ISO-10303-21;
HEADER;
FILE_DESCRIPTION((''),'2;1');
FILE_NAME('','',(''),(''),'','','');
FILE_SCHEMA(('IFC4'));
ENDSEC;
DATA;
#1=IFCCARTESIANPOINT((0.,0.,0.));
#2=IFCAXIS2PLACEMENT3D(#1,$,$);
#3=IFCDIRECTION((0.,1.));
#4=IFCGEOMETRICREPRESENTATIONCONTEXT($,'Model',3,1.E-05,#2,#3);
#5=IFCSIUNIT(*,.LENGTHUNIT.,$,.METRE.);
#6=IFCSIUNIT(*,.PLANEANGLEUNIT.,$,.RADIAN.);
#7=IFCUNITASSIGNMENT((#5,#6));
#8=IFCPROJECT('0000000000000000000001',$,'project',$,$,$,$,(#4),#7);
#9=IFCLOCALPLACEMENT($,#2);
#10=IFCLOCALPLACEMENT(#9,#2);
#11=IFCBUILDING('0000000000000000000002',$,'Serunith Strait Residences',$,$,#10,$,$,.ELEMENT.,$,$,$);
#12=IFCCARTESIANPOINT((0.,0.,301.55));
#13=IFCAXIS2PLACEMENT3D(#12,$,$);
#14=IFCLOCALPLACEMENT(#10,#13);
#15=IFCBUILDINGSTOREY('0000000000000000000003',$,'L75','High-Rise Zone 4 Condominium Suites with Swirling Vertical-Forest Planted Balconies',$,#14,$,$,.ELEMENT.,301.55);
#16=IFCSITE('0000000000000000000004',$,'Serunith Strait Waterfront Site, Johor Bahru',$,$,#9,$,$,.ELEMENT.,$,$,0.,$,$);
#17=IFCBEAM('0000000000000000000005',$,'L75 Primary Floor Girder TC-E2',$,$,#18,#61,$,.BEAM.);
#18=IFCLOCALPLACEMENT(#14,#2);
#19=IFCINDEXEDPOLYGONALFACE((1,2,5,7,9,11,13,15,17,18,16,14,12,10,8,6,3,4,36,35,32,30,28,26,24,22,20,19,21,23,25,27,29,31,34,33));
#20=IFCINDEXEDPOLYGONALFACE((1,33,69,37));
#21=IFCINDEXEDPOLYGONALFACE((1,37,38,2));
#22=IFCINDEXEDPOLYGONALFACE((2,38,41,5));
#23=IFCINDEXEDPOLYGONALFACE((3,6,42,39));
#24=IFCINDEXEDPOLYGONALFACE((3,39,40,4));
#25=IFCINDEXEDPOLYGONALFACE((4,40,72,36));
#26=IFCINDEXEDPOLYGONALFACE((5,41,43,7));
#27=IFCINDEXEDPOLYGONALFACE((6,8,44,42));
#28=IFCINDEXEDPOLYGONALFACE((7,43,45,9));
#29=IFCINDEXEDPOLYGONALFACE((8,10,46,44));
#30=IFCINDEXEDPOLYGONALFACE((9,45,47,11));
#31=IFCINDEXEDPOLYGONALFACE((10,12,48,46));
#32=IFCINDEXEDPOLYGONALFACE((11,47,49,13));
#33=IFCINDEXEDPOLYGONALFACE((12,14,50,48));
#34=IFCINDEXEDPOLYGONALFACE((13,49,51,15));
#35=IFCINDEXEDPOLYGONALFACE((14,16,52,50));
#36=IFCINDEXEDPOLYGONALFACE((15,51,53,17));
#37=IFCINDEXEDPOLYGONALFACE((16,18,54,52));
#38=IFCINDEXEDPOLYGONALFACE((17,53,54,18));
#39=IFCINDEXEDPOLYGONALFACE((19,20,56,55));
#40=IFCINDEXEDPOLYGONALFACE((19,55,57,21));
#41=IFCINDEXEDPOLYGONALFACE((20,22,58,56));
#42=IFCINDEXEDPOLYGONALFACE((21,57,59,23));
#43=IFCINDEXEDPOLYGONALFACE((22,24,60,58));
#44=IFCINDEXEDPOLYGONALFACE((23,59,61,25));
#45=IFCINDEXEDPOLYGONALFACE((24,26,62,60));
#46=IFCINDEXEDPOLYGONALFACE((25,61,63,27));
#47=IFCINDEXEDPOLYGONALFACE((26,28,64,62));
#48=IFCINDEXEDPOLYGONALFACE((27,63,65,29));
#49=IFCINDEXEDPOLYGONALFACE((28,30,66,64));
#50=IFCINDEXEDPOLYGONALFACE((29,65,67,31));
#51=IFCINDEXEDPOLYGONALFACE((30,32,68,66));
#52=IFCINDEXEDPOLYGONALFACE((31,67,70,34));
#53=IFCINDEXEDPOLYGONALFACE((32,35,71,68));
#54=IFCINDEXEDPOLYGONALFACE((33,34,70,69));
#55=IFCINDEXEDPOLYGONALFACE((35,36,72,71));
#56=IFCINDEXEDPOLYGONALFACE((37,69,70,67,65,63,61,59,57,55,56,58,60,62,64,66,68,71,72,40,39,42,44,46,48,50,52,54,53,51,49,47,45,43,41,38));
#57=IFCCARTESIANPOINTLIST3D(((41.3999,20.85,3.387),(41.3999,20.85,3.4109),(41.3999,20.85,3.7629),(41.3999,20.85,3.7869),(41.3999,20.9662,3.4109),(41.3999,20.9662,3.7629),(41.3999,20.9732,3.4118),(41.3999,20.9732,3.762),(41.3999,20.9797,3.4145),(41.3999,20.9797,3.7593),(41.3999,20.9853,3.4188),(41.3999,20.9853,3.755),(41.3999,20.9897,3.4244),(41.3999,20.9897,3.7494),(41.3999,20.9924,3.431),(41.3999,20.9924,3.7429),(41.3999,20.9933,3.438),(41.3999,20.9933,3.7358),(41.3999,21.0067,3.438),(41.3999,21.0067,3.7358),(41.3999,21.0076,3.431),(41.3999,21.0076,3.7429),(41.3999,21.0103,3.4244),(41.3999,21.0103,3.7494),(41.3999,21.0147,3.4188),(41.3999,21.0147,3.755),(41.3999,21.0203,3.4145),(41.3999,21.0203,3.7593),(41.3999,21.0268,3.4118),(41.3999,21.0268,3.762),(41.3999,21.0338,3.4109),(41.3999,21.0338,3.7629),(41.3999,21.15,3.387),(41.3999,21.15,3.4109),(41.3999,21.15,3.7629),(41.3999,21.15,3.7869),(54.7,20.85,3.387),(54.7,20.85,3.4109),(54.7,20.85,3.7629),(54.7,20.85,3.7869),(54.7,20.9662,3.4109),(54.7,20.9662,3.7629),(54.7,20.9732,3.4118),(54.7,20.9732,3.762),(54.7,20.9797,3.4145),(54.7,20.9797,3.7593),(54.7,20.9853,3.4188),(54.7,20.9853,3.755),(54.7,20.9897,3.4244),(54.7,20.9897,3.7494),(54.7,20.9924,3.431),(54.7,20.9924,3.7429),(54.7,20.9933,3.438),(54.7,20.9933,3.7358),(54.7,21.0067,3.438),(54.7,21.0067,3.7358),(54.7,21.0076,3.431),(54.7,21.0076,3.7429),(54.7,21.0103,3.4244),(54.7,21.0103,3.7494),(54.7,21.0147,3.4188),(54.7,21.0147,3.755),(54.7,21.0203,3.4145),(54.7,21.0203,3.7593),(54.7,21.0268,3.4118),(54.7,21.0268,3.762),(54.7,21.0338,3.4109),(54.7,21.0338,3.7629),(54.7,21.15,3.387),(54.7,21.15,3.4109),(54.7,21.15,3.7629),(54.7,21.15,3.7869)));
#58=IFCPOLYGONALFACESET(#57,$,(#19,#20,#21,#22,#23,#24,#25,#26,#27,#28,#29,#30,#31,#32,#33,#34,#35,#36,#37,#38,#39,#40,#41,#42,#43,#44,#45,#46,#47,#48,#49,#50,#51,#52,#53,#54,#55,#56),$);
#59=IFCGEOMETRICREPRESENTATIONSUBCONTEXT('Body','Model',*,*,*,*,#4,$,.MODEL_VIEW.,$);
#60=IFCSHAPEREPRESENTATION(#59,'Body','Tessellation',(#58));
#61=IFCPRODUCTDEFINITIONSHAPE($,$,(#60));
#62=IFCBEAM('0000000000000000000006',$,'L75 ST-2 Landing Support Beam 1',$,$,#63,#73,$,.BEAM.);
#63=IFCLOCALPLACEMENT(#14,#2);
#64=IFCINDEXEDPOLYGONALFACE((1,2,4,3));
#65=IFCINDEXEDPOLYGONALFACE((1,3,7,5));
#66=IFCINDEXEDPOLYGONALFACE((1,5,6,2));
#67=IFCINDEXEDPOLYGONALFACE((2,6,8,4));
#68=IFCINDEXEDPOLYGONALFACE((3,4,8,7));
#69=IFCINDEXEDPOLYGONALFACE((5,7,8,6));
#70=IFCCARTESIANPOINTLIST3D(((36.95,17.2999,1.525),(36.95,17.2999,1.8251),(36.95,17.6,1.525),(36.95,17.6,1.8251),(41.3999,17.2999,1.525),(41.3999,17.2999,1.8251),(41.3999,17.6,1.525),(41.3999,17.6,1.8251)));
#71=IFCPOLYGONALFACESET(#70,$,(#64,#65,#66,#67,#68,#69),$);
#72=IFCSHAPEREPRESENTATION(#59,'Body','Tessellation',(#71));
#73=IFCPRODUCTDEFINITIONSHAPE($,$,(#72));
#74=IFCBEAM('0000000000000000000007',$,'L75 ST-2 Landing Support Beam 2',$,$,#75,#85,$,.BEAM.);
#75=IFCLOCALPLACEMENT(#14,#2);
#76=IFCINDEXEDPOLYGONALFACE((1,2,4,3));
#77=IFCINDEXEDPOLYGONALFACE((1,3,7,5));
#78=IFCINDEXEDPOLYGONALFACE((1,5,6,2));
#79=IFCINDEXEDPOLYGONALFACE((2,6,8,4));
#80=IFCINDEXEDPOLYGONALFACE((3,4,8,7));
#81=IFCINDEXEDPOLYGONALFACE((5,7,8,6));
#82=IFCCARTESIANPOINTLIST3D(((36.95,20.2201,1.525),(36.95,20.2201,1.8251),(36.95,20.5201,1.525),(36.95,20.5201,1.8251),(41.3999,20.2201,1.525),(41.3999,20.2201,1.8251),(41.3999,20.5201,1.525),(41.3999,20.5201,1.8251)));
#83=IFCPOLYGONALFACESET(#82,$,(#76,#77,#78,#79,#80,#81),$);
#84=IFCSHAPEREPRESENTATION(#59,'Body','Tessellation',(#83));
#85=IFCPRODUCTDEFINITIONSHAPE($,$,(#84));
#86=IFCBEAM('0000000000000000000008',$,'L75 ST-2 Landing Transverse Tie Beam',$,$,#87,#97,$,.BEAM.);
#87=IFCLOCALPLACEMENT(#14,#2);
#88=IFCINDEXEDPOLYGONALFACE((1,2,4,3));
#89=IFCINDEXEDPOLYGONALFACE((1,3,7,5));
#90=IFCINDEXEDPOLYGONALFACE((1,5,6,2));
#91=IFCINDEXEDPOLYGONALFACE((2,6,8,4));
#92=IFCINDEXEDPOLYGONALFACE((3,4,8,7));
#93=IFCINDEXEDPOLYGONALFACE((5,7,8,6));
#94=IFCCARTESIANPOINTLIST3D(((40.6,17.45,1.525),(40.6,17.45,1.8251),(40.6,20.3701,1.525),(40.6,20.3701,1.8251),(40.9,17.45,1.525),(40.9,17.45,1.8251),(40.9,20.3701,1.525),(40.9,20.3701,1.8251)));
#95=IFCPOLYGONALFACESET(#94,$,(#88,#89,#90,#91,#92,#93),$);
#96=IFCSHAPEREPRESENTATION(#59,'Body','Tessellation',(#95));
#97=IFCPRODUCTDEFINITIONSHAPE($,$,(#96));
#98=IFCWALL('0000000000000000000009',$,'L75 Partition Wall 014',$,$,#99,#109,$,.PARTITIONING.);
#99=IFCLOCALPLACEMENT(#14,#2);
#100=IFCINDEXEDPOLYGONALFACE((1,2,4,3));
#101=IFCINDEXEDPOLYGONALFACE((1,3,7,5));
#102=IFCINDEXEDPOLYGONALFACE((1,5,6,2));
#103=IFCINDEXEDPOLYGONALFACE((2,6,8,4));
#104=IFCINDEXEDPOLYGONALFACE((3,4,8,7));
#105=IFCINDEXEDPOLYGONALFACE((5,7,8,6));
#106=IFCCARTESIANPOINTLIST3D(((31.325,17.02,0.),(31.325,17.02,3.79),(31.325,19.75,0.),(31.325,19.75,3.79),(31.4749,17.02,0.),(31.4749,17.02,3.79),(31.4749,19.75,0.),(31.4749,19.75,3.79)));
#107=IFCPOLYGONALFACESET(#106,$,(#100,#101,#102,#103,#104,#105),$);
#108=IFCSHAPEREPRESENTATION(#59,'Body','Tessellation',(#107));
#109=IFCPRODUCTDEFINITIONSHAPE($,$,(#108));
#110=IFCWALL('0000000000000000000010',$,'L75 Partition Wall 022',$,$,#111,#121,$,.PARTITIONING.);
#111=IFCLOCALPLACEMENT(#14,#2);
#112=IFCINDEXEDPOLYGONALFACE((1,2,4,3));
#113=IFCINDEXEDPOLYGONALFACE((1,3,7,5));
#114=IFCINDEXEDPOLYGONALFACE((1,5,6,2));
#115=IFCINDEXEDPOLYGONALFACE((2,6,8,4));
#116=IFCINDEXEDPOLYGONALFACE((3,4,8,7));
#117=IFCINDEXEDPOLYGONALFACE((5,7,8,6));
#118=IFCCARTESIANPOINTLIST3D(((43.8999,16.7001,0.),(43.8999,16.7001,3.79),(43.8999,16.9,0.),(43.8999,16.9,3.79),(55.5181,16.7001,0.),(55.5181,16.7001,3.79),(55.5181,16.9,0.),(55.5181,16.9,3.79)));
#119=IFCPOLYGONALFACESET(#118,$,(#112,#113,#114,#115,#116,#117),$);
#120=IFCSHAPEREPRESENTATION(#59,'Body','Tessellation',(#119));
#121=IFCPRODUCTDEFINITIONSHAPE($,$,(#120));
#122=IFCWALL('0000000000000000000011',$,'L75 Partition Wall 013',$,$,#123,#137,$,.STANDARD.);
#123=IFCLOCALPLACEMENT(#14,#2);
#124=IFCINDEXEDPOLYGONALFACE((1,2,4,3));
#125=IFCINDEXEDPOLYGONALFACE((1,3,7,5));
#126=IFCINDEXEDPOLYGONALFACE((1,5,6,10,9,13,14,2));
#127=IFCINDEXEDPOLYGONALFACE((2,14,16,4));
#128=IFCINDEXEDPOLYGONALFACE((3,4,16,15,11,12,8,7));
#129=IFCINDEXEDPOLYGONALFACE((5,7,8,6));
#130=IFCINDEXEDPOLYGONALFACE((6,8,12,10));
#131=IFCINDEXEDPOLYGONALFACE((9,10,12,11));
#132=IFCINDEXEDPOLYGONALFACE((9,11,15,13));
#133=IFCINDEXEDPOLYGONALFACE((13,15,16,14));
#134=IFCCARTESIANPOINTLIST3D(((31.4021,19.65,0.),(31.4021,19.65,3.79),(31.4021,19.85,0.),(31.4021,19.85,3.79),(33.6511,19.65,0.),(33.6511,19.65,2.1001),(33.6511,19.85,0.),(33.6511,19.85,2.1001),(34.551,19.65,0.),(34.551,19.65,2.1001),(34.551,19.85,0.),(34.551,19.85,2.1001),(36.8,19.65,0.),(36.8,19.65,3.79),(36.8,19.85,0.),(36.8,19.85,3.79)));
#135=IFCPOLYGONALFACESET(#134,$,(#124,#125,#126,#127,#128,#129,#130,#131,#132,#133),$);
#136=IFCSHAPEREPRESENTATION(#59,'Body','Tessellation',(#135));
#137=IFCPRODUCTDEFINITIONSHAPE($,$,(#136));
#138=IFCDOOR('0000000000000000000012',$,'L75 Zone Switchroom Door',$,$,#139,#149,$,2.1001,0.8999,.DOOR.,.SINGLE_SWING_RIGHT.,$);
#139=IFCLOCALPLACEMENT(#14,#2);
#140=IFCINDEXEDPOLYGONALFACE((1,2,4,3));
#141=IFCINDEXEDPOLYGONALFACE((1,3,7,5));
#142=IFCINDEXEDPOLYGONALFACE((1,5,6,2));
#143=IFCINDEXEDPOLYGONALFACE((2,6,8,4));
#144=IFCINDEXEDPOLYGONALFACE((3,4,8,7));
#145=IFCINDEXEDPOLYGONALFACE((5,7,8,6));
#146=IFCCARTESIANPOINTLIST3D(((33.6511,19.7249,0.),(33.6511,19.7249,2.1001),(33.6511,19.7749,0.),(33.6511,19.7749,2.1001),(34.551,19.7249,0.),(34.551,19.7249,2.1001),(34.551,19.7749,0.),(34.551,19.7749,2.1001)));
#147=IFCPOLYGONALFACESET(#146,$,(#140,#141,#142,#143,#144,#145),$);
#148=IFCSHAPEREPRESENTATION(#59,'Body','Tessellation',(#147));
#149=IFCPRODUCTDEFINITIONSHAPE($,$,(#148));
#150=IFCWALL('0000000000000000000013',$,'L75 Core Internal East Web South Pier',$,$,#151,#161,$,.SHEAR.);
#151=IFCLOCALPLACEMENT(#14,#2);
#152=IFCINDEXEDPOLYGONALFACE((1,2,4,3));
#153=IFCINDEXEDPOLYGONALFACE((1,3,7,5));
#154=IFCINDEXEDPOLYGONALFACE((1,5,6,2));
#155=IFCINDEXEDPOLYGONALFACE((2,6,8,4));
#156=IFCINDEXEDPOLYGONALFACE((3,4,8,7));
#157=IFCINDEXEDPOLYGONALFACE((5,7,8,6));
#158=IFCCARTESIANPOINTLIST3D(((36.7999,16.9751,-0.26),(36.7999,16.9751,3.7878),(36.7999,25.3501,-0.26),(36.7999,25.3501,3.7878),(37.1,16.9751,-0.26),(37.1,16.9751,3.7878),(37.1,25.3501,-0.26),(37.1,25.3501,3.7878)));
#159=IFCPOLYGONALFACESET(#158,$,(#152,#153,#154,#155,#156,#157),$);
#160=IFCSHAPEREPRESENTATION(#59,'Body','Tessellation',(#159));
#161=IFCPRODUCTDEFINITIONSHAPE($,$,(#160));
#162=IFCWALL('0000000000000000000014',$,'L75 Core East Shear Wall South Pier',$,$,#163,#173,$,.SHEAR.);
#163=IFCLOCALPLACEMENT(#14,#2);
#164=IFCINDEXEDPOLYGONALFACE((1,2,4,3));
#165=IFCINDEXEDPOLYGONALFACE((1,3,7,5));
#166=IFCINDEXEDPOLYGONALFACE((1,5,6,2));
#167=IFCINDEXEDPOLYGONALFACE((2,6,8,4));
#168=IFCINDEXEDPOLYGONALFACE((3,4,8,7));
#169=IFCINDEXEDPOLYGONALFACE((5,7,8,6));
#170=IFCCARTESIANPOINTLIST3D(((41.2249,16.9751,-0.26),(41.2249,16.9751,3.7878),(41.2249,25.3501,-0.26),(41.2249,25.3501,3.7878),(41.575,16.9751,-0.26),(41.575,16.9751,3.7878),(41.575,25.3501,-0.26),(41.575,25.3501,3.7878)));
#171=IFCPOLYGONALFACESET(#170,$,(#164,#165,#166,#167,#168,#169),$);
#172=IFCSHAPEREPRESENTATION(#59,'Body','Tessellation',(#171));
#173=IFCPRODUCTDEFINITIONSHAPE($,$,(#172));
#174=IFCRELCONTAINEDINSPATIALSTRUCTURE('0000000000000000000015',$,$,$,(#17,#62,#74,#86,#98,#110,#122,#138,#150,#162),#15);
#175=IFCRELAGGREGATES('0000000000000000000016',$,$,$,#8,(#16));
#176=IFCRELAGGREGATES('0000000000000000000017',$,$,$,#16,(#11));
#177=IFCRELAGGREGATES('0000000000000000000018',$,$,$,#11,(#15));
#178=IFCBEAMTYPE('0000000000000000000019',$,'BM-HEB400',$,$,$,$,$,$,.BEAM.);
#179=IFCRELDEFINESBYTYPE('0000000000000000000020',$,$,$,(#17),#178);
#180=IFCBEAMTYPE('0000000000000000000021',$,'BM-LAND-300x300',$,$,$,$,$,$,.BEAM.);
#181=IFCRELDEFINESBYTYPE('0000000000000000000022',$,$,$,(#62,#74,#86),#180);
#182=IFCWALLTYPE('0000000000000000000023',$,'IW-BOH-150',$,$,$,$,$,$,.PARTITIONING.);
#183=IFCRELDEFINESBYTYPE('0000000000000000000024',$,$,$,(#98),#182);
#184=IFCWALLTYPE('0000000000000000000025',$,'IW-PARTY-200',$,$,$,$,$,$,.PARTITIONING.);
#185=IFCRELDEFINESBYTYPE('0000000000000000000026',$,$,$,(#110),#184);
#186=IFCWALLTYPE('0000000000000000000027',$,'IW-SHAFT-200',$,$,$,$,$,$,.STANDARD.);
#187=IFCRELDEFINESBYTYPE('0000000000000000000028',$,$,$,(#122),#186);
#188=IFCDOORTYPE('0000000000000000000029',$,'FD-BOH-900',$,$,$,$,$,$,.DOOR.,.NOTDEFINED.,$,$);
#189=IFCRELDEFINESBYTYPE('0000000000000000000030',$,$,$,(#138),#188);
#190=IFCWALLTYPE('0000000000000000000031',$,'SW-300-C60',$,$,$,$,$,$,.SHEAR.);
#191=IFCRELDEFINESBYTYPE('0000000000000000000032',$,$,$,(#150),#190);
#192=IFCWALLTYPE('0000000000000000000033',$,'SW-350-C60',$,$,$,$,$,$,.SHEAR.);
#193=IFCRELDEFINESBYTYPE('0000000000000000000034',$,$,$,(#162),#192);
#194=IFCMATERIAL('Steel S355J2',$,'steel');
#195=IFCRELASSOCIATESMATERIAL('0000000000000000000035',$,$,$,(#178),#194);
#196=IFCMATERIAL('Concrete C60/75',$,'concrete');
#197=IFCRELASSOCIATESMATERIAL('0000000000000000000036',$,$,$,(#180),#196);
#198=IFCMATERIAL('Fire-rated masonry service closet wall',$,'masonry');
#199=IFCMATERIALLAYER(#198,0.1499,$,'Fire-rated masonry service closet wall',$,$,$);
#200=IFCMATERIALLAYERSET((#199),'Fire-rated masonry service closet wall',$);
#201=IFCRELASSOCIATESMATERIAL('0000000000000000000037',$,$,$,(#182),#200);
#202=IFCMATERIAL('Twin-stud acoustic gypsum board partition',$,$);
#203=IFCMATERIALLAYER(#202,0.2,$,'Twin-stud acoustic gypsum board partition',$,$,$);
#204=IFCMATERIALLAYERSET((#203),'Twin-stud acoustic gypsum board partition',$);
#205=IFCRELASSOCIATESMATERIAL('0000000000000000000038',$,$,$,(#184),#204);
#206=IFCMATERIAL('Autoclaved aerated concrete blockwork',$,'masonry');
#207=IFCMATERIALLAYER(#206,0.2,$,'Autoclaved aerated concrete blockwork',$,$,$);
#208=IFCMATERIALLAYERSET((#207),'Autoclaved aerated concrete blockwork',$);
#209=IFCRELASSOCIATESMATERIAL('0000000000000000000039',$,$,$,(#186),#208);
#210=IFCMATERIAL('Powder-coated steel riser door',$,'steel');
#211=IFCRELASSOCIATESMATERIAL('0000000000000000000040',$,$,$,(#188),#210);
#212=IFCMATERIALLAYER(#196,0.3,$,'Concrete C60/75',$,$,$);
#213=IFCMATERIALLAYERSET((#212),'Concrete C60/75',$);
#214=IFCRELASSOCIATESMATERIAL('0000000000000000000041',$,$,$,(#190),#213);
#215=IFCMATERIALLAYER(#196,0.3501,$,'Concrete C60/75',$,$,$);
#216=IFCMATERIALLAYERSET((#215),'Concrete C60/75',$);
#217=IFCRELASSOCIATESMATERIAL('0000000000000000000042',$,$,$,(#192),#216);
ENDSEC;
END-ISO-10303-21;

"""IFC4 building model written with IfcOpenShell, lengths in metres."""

from ifc_helpers import new_model, si_unit, direction, frame, frame_2d, origin, origin_2d, place, context, subcontext, project, spatial, rectangle, i_section, extrude, source, transform, mapped, material, layer, layer_set, material_profile, profile_set, type_object, element, fill, save


model = new_model("IFC4")

# Units and contexts
model_context = context("Model", 3, precision=1e-05, world=origin(), true_north=direction((0.0, 1.0)))
body_context = subcontext(model_context, "Body", "Model", "MODEL_VIEW")
ifc_project = project(units=[si_unit("LENGTHUNIT", "METRE"), si_unit("PLANEANGLEUNIT", "RADIAN")], contexts=[model_context])

# Site, building, storey
site_placement = place(None, origin())
site = spatial("IfcSite", under=ifc_project, at=site_placement, Name="Serunith Strait Waterfront Site, Johor Bahru", CompositionType="ELEMENT", RefElevation=0.0)
building_placement = place(site_placement, origin())
building = spatial("IfcBuilding", under=site, at=building_placement, Name="Serunith Strait Residences", CompositionType="ELEMENT")
storey_placement = place(building_placement, frame((0.0, 0.0, 301.55)))
storey = spatial("IfcBuildingStorey", under=building, at=storey_placement, Name="L75", Description="High-Rise Zone 4 Condominium Suites with Swirling Vertical-Forest Planted Balconies", CompositionType="ELEMENT", Elevation=301.55)

# Beams
ifc_material_1 = material(Name="Steel S355J2", Category="steel")
ifc_material_profile_1 = material_profile(ifc_material_1, i_section(OverallWidth=0.3, OverallDepth=0.3999, WebThickness=0.0134, FlangeThickness=0.0239, FilletRadius=0.0271, at=origin_2d()), Name="HEB 400")
ifc_profile_set_1 = profile_set([ifc_material_profile_1], Name="Steel S355J2")
beam_type_1 = type_object("IfcBeamType", Name="BM-HEB400", PredefinedType="BEAM", material=ifc_profile_set_1)
shared_shape_1 = source(origin(), body_context, "Body", "SweptSolid", [
    extrude(i_section(OverallWidth=0.3, OverallDepth=0.3999, WebThickness=0.0134, FlangeThickness=0.0239, FilletRadius=0.0271, at=origin_2d()), origin(), (0.0, 0.0, 1.0), 13.3),
])
beam_1_placement = place(storey_placement, frame((41.3999, 21.0, 3.5869), z_axis=(1.0, 0.0, 0.0), x_axis=(0.0, 1.0, 0.0)))
element("IfcBeam", 1, at=beam_1_placement, inside=storey, type_object=beam_type_1, Name="L75 Primary Floor Girder TC-E2", PredefinedType="BEAM", context=body_context, shape_type="MappedRepresentation", body=[
    mapped(shared_shape_1, transform((0.0, 0.0, 0.0), scale=1.0)),
])
ifc_material_2 = material(Name="Concrete C60/75", Category="concrete")
ifc_material_profile_2 = material_profile(ifc_material_2, rectangle(XDim=0.3, YDim=0.3, at=origin_2d()), Name="RC 300x300")
ifc_profile_set_2 = profile_set([ifc_material_profile_2], Name="Concrete C60/75")
beam_type_2 = type_object("IfcBeamType", Name="BM-LAND-300x300", PredefinedType="BEAM", material=ifc_profile_set_2)
shared_shape_2 = source(origin(), body_context, "Body", "SweptSolid", [
    extrude(rectangle(XDim=0.3, YDim=0.3, at=origin_2d()), origin(), (0.0, 0.0, 1.0), 4.45),
])
for number, where, z_axis, x_axis, name in (
    (2, (36.95, 17.45, 1.675), (1.0, 0.0, 0.0), (0.0, 1.0, 0.0), "L75 ST-2 Landing Support Beam 1"),
    (3, (36.95, 20.3701, 1.675), (1.0, 0.0, 0.0), (0.0, 1.0, 0.0), "L75 ST-2 Landing Support Beam 2"),
):
    element("IfcBeam", number, at=place(storey_placement, frame(where, z_axis=z_axis, x_axis=x_axis)), inside=storey, type_object=beam_type_2, Name=name, PredefinedType="BEAM", context=body_context, shape_type="MappedRepresentation", body=[
        mapped(shared_shape_2, transform((0.0, 0.0, 0.0), scale=1.0)),
    ])
shared_shape_3 = source(origin(), body_context, "Body", "SweptSolid", [
    extrude(rectangle(XDim=0.3, YDim=0.3, at=origin_2d()), origin(), (0.0, 0.0, 1.0), 2.9202),
])
beam_2_placement = place(storey_placement, frame((40.75, 17.45, 1.675), z_axis=(0.0, 1.0, 0.0), x_axis=(-1.0, 0.0, 0.0)))
element("IfcBeam", 4, at=beam_2_placement, inside=storey, type_object=beam_type_2, Name="L75 ST-2 Landing Transverse Tie Beam", PredefinedType="BEAM", context=body_context, shape_type="MappedRepresentation", body=[
    mapped(shared_shape_3, transform((0.0, 0.0, 0.0), scale=1.0)),
])

# Wall
ifc_material_3 = material(Name="Fire-rated masonry service closet wall", Category="masonry")
ifc_layer_1 = layer(ifc_material_3, 0.1499, Name="Fire-rated masonry service closet wall")
ifc_layer_set_1 = layer_set([ifc_layer_1], Name="Fire-rated masonry service closet wall")
wall_type_1 = type_object("IfcWallType", Name="IW-BOH-150", PredefinedType="PARTITIONING", material=ifc_layer_set_1)
wall_1_placement = place(storey_placement, frame((31.3999, 17.02, 0.0), z_axis=(0.0, 0.0, 1.0), x_axis=(0.0, 1.0, 0.0)))
element("IfcWall", 5, at=wall_1_placement, inside=storey, type_object=wall_type_1, Name="L75 Partition Wall 014", PredefinedType="PARTITIONING", context=body_context, shape_type="SweptSolid", body=[
    extrude(rectangle(XDim=2.73, YDim=0.1499, at=frame_2d((1.365, 0.0))), origin(), (0.0, 0.0, 1.0), 3.79),
])

# Wall
ifc_material_4 = material(Name="Twin-stud acoustic gypsum board partition")
ifc_layer_2 = layer(ifc_material_4, 0.2, Name="Twin-stud acoustic gypsum board partition")
ifc_layer_set_2 = layer_set([ifc_layer_2], Name="Twin-stud acoustic gypsum board partition")
wall_type_2 = type_object("IfcWallType", Name="IW-PARTY-200", PredefinedType="PARTITIONING", material=ifc_layer_set_2)
wall_2_placement = place(storey_placement, frame((43.8999, 16.8, 0.0), z_axis=(0.0, 0.0, 1.0), x_axis=(1.0, 0.0, 0.0)))
element("IfcWall", 6, at=wall_2_placement, inside=storey, type_object=wall_type_2, Name="L75 Partition Wall 022", PredefinedType="PARTITIONING", context=body_context, shape_type="SweptSolid", body=[
    extrude(rectangle(XDim=11.6182, YDim=0.2, at=frame_2d((5.8091, 0.0))), origin(), (0.0, 0.0, 1.0), 3.79),
])

# Wall, opening, door
ifc_material_5 = material(Name="Autoclaved aerated concrete blockwork", Category="masonry")
ifc_layer_3 = layer(ifc_material_5, 0.2, Name="Autoclaved aerated concrete blockwork")
ifc_layer_set_3 = layer_set([ifc_layer_3], Name="Autoclaved aerated concrete blockwork")
wall_type_3 = type_object("IfcWallType", Name="IW-SHAFT-200", PredefinedType="STANDARD", material=ifc_layer_set_3)
wall_3_placement = place(storey_placement, frame((31.4021, 19.75, 0.0), z_axis=(0.0, 0.0, 1.0), x_axis=(1.0, 0.0, 0.0)))
wall_3 = element("IfcWall", 7, at=wall_3_placement, inside=storey, type_object=wall_type_3, Name="L75 Partition Wall 013", PredefinedType="STANDARD", context=body_context, shape_type="SweptSolid", body=[
    extrude(rectangle(XDim=5.3979, YDim=0.2, at=frame_2d((2.699, 0.0))), origin(), (0.0, 0.0, 1.0), 3.79),
])
opening_1_placement = place(wall_3_placement, frame((2.249, 0.0, 0.0)))
opening_1 = element("IfcOpeningElement", 8, at=opening_1_placement, cuts=wall_3, PredefinedType="OPENING", context=body_context, shape_type="SweptSolid", body=[
    extrude(rectangle(XDim=0.8999, YDim=2.1001, at=frame_2d((0.45, 1.05))), frame((0.0, 0.1099, 0.0), z_axis=(0.0, -1.0, 0.0), x_axis=(1.0, 0.0, 0.0)), (0.0, 0.0, 1.0), 0.22),
])
ifc_material_6 = material(Name="Powder-coated steel riser door", Category="steel")
door_type_1 = type_object("IfcDoorType", Name="FD-BOH-900", OperationType="NOTDEFINED", PredefinedType="DOOR", material=ifc_material_6)
shared_shape_4 = source(origin(), body_context, "Body", "SweptSolid", [
    extrude(rectangle(XDim=0.8999, YDim=2.1001, at=frame_2d((0.45, 1.05))), frame((0.0, 0.0249, 0.0), z_axis=(0.0, -1.0, 0.0), x_axis=(1.0, 0.0, 0.0)), (0.0, 0.0, 1.0), 0.05),
])
door_1_placement = place(opening_1_placement, origin())
door_1 = element("IfcDoor", 9, at=door_1_placement, inside=storey, type_object=door_type_1, Name="L75 Zone Switchroom Door", OperationType="SINGLE_SWING_RIGHT", OverallHeight=2.1001, OverallWidth=0.8999, PredefinedType="DOOR", context=body_context, shape_type="MappedRepresentation", body=[
    mapped(shared_shape_4, transform((0.0, 0.0, 0.0), scale=1.0)),
])
fill(opening_1, door_1)

# Walls
ifc_layer_4 = layer(ifc_material_2, 0.3, Name="Concrete C60/75")
ifc_layer_set_4 = layer_set([ifc_layer_4], Name="Concrete C60/75")
wall_type_4 = type_object("IfcWallType", Name="SW-300-C60", PredefinedType="SHEAR", material=ifc_layer_set_4)
wall_4_placement = place(storey_placement, frame((36.95, 16.9751, -0.26), z_axis=(0.0, 0.0, 1.0), x_axis=(0.0, 1.0, 0.0)))
element("IfcWall", 10, at=wall_4_placement, inside=storey, type_object=wall_type_4, Name="L75 Core Internal East Web South Pier", PredefinedType="SHEAR", context=body_context, shape_type="SweptSolid", body=[
    extrude(rectangle(XDim=8.375, YDim=0.3, at=frame_2d((4.1875, 0.0))), origin(), (0.0, 0.0, 1.0), 4.0479),
])
ifc_layer_5 = layer(ifc_material_2, 0.3501, Name="Concrete C60/75")
ifc_layer_set_5 = layer_set([ifc_layer_5], Name="Concrete C60/75")
wall_type_5 = type_object("IfcWallType", Name="SW-350-C60", PredefinedType="SHEAR", material=ifc_layer_set_5)
wall_5_placement = place(storey_placement, frame((41.3999, 16.9751, -0.26), z_axis=(0.0, 0.0, 1.0), x_axis=(0.0, 1.0, 0.0)))
element("IfcWall", 11, at=wall_5_placement, inside=storey, type_object=wall_type_5, Name="L75 Core East Shear Wall South Pier", PredefinedType="SHEAR", context=body_context, shape_type="SweptSolid", body=[
    extrude(rectangle(XDim=8.375, YDim=0.3501, at=frame_2d((4.1875, 0.0))), origin(), (0.0, 0.0, 1.0), 4.0479),
])

save(model, "model.ifc")
